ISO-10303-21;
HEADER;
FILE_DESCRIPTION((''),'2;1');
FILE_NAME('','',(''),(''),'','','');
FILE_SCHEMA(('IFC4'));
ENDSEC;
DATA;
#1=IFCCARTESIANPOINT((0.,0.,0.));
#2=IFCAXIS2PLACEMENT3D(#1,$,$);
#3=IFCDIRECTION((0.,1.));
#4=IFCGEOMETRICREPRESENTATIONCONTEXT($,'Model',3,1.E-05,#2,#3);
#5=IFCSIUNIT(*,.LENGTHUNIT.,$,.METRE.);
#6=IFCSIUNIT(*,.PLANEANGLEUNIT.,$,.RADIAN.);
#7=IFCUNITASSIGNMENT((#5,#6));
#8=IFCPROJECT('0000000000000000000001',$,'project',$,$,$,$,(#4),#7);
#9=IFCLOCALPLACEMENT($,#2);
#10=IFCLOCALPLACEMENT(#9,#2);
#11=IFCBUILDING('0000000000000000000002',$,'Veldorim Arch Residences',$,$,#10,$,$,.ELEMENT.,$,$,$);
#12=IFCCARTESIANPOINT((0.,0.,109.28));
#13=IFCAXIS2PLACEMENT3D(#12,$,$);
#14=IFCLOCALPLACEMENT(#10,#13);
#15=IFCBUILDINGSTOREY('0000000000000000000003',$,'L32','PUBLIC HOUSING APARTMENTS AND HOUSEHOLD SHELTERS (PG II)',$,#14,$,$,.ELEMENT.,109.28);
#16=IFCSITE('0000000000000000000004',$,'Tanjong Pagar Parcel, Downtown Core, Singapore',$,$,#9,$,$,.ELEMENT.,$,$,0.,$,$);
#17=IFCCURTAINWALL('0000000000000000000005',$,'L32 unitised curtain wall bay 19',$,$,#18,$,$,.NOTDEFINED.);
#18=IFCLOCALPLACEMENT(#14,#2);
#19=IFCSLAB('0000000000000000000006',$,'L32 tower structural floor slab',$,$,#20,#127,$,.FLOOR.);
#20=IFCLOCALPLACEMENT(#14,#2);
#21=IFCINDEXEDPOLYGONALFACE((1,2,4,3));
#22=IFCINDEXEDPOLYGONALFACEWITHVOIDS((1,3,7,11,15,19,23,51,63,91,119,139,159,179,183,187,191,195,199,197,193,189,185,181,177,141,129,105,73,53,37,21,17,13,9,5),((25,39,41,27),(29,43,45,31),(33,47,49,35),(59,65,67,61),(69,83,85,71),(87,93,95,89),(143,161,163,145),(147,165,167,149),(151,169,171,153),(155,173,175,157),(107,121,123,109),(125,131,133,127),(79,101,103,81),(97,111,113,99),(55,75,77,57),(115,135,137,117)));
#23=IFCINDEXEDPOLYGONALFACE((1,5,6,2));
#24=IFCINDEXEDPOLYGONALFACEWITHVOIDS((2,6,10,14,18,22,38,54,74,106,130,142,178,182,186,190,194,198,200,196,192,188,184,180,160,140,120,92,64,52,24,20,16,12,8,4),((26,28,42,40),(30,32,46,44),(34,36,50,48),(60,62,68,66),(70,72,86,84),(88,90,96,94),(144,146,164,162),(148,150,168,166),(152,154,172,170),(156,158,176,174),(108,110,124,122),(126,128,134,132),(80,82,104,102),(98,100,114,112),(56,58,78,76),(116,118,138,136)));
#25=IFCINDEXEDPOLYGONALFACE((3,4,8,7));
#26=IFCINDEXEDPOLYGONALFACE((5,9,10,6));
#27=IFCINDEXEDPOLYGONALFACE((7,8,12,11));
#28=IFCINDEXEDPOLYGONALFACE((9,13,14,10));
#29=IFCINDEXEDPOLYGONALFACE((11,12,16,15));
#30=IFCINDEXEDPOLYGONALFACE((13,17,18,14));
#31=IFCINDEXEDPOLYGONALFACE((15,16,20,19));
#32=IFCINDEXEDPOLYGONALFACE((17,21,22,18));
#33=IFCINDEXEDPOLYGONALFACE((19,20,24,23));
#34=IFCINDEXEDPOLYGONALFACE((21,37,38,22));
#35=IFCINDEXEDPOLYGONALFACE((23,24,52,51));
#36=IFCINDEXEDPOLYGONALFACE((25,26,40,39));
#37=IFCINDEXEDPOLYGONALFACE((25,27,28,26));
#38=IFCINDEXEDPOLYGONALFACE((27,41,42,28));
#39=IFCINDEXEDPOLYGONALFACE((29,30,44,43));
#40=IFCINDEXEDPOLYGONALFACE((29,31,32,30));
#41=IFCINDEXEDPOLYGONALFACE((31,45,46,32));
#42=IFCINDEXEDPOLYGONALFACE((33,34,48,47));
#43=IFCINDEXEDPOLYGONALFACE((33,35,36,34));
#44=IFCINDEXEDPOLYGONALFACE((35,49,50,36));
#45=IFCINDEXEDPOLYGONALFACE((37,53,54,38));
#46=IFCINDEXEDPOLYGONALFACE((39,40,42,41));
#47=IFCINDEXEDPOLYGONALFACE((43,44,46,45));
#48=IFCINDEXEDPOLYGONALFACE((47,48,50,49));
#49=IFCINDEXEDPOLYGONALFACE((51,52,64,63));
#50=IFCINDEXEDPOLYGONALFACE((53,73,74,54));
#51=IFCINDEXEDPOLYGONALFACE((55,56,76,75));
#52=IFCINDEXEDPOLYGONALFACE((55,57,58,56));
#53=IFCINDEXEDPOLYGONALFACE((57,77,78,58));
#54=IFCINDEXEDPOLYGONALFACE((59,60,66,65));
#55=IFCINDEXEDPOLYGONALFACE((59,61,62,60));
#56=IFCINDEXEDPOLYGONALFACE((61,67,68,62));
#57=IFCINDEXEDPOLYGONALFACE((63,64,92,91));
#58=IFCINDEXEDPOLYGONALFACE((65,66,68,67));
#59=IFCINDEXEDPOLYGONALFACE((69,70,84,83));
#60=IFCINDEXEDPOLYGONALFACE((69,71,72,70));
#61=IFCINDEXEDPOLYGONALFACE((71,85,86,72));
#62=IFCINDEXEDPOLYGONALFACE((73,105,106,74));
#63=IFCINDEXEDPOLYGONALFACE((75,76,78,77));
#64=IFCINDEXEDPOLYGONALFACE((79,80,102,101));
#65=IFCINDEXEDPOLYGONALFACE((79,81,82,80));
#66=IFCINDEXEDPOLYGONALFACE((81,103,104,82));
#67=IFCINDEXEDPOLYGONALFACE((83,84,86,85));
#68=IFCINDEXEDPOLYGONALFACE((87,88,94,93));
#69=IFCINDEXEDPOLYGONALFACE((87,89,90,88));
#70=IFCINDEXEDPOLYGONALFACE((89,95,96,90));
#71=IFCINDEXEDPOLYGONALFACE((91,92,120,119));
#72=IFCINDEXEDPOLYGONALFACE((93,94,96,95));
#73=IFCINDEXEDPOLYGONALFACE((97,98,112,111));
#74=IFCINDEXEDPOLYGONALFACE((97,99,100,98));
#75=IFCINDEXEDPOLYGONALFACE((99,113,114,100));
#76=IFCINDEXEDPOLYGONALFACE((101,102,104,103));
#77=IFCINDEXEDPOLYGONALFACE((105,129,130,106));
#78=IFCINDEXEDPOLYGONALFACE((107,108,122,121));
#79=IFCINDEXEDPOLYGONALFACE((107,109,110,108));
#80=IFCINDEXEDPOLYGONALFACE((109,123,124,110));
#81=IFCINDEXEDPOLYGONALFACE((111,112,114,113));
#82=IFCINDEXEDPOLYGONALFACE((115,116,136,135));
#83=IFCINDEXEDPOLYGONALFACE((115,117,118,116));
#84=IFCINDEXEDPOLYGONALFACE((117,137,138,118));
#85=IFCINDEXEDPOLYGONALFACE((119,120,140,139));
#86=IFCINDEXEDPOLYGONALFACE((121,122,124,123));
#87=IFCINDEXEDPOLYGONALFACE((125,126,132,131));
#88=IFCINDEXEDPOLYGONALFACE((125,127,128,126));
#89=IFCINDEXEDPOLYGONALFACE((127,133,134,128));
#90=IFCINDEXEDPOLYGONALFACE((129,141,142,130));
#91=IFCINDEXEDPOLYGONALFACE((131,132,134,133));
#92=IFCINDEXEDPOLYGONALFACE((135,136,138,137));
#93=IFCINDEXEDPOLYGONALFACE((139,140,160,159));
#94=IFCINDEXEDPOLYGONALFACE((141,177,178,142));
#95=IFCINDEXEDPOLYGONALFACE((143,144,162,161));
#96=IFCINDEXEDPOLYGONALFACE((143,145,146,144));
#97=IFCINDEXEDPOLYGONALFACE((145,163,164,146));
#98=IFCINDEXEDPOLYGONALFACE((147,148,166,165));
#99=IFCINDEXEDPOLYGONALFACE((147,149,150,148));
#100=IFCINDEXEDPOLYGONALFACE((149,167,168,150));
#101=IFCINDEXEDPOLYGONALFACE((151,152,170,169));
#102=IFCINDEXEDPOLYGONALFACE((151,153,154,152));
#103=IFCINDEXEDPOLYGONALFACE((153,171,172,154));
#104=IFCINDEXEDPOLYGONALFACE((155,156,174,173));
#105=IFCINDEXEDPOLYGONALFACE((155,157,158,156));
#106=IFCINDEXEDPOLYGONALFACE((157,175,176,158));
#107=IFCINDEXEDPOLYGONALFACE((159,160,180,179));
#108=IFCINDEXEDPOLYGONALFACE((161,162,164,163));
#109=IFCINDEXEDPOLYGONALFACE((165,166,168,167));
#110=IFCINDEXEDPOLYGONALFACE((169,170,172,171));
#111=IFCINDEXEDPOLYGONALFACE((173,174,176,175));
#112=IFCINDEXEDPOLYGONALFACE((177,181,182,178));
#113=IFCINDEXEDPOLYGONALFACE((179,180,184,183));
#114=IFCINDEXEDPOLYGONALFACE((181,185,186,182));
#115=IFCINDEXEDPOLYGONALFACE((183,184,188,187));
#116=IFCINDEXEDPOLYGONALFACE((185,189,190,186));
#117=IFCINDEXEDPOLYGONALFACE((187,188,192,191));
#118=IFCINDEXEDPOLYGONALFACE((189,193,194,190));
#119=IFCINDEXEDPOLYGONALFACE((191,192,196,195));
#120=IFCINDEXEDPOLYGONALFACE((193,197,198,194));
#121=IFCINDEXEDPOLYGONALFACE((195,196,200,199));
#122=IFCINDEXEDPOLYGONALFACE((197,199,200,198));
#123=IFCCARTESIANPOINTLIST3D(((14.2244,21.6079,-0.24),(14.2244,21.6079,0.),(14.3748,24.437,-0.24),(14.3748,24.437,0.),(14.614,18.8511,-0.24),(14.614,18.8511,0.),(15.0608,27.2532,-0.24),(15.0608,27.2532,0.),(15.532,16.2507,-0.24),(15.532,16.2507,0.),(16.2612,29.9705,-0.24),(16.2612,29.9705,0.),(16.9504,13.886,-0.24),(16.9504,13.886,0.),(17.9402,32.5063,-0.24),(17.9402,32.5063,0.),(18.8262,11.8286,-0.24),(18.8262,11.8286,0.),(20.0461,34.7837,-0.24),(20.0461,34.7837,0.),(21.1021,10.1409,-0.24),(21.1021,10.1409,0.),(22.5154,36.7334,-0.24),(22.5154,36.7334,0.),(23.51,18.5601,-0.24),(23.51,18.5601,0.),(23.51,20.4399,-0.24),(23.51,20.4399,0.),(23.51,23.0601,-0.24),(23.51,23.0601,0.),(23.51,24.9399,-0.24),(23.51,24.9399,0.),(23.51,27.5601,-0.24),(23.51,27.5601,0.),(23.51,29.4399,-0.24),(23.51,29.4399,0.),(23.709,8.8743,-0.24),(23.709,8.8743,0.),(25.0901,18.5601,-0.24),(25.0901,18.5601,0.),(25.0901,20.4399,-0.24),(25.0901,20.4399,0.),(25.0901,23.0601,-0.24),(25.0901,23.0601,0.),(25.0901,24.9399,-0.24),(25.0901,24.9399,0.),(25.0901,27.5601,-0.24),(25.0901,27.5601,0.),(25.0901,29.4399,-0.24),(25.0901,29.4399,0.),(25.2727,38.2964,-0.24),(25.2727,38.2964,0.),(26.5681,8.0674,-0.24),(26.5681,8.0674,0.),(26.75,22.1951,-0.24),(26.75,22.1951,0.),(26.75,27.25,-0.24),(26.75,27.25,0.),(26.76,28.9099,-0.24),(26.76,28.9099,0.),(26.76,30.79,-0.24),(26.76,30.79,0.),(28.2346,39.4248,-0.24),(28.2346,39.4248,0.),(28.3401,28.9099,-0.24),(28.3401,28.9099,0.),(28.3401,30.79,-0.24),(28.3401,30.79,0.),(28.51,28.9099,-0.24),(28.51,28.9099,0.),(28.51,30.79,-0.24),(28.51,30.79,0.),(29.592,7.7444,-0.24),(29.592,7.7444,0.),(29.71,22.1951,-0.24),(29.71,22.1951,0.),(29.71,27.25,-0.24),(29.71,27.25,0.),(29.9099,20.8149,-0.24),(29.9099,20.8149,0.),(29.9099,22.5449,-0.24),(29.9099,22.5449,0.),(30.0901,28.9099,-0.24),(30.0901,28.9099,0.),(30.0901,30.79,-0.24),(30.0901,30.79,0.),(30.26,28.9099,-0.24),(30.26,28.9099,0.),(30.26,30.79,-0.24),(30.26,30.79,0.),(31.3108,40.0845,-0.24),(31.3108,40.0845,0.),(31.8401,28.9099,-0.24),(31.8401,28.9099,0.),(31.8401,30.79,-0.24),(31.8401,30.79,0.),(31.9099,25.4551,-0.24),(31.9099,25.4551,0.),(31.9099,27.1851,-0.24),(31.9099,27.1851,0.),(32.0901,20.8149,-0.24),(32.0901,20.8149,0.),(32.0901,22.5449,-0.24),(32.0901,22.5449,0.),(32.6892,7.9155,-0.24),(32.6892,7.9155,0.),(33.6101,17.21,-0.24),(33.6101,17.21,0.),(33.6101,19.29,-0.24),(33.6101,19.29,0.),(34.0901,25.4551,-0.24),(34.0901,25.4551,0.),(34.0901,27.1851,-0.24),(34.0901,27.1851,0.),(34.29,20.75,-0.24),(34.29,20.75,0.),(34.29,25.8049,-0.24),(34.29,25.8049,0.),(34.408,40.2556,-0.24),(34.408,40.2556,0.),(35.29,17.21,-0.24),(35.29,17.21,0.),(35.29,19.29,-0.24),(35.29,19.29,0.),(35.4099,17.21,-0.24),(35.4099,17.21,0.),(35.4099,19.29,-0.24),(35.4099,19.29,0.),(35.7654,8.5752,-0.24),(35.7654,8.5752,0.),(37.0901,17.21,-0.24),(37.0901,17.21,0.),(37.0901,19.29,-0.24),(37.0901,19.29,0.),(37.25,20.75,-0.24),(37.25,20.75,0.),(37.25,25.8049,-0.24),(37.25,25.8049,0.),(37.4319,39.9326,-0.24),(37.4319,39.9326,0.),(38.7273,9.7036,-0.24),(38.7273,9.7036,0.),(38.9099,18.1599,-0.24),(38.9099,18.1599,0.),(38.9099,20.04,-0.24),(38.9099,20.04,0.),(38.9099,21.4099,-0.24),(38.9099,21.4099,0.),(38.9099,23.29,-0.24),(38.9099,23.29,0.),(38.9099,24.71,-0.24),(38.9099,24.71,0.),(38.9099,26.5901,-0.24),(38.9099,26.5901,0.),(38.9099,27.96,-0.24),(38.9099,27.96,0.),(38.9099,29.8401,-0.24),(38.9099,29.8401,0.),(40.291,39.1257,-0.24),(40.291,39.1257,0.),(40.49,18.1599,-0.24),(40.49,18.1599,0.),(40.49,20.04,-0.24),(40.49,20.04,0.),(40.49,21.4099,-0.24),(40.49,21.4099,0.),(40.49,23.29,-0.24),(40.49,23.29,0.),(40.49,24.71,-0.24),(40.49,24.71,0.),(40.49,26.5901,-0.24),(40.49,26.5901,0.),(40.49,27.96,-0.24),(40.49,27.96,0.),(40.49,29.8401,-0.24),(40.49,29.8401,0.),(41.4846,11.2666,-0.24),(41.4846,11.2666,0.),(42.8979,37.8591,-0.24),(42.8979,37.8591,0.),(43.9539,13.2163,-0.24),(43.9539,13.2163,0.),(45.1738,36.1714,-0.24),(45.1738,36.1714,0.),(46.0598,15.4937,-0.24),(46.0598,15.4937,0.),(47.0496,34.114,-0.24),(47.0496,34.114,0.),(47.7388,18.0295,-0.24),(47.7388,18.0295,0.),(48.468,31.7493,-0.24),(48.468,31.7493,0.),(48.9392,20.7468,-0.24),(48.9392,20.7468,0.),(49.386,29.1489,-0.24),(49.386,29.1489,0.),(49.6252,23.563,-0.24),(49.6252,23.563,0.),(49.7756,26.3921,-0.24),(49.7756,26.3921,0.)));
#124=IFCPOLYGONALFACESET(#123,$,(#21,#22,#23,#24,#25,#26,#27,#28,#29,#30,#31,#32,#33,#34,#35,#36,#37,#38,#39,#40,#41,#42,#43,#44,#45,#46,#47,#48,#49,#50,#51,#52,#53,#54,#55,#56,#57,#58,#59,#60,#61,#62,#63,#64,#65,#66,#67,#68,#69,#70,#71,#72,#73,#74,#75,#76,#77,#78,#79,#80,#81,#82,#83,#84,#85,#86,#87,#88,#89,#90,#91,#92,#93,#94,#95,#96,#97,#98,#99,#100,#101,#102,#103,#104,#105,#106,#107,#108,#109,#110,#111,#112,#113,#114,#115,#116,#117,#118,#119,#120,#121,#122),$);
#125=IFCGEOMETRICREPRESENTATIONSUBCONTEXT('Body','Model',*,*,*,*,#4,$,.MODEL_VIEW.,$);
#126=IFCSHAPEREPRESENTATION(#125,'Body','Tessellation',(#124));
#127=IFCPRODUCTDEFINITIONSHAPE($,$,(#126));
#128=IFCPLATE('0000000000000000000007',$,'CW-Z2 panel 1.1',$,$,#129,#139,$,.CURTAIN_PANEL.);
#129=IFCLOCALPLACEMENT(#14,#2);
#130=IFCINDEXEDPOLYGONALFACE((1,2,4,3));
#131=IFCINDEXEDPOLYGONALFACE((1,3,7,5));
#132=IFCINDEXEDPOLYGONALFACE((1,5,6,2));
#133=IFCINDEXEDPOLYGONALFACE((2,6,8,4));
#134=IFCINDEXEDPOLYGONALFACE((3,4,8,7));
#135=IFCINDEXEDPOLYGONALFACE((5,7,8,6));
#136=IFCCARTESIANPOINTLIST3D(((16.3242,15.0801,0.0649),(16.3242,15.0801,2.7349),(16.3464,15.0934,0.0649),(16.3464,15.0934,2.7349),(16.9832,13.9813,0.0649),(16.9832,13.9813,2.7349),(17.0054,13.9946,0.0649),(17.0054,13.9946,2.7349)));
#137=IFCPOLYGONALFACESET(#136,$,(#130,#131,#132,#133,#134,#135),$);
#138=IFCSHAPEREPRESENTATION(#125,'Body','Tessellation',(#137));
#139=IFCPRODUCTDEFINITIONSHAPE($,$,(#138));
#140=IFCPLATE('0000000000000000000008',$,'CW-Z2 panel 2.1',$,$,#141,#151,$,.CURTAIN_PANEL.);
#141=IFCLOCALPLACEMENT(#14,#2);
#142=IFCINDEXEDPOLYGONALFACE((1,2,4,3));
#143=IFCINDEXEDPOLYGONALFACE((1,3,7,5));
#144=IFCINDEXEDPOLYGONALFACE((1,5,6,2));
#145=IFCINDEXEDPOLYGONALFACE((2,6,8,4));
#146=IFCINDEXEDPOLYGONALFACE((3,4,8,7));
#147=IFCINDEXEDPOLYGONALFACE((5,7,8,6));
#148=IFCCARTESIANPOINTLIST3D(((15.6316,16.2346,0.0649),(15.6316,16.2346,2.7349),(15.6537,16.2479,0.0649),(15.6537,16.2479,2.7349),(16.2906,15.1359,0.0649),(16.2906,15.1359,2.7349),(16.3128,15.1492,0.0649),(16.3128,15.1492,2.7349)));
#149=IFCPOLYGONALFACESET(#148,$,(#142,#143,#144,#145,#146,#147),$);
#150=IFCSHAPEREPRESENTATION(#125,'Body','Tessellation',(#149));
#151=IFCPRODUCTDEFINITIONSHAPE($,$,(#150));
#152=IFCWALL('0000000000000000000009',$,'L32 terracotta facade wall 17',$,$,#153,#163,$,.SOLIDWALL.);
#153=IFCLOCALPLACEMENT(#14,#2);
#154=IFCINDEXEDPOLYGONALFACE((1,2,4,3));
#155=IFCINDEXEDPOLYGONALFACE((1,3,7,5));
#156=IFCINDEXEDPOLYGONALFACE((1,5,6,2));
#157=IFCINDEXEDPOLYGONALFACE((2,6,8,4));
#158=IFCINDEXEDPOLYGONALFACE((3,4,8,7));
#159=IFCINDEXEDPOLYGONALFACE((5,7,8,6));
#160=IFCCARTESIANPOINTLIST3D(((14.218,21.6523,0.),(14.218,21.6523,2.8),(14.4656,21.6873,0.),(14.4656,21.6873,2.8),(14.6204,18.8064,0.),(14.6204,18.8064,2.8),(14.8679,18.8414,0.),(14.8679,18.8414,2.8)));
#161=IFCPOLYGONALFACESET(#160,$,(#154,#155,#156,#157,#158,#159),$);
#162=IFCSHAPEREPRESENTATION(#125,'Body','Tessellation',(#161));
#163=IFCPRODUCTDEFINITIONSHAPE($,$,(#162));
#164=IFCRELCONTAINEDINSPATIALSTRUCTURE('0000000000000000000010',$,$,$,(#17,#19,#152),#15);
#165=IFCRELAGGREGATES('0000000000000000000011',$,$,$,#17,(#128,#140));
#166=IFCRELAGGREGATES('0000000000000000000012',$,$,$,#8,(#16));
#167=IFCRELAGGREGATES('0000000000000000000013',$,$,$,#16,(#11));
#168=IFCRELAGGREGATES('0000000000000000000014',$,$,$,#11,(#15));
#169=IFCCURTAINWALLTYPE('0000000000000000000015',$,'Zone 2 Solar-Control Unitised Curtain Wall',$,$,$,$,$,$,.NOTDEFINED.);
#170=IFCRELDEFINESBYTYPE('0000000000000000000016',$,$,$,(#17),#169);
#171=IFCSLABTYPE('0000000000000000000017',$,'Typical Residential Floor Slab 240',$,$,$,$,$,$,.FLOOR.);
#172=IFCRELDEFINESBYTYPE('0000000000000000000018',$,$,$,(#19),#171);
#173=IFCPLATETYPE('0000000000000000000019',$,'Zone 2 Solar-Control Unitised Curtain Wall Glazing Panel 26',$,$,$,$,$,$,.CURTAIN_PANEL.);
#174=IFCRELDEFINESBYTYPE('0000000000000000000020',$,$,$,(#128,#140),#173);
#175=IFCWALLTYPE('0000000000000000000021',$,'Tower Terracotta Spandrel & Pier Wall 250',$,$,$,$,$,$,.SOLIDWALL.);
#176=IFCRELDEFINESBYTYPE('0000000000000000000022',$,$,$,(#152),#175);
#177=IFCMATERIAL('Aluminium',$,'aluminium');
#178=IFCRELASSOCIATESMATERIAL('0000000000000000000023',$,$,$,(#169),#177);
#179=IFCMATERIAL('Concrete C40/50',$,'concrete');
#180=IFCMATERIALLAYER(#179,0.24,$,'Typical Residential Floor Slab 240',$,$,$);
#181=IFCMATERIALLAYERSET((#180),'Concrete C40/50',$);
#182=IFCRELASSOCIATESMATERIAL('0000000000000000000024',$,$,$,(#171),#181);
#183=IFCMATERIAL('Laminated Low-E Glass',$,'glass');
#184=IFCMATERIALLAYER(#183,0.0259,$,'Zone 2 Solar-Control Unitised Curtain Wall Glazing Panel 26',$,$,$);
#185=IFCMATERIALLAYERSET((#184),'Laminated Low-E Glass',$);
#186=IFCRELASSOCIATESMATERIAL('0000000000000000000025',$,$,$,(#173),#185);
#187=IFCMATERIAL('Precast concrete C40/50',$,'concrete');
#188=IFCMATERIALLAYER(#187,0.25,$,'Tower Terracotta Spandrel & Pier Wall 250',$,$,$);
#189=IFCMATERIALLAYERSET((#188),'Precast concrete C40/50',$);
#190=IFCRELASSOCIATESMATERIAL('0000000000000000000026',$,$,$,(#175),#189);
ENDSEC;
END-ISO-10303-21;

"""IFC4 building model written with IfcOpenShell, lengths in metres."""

from ifc_helpers import new_model, si_unit, direction, frame, frame_2d, origin, origin_2d, place, context, subcontext, project, spatial, polyline, rectangle, outline, extrude, material, layer, layer_set, type_object, element, aggregate, save


model = new_model("IFC4")

# Units and contexts
model_context = context("Model", 3, precision=1e-05, world=origin(), true_north=direction((0.0, 1.0)))
body_context = subcontext(model_context, "Body", "Model", "MODEL_VIEW")
ifc_project = project(units=[si_unit("LENGTHUNIT", "METRE"), si_unit("PLANEANGLEUNIT", "RADIAN")], contexts=[model_context])

# Site, building, storey
site_placement = place(None, origin())
site = spatial("IfcSite", under=ifc_project, at=site_placement, Name="Tanjong Pagar Parcel, Downtown Core, Singapore", CompositionType="ELEMENT", RefElevation=0.0)
building_placement = place(site_placement, origin())
building = spatial("IfcBuilding", under=site, at=building_placement, Name="Veldorim Arch Residences", CompositionType="ELEMENT")
storey_placement = place(building_placement, frame((0.0, 0.0, 109.28)))
storey = spatial("IfcBuildingStorey", under=building, at=storey_placement, Name="L32", Description="PUBLIC HOUSING APARTMENTS AND HOUSEHOLD SHELTERS (PG II)", CompositionType="ELEMENT", Elevation=109.28)

# Curtain wall
ifc_material_1 = material(Name="Aluminium", Category="aluminium")
curtain_wall_type = type_object("IfcCurtainWallType", Name="Zone 2 Solar-Control Unitised Curtain Wall", PredefinedType="NOTDEFINED", material=ifc_material_1)
curtain_wall_placement = place(storey_placement, origin())
curtain_wall = element("IfcCurtainWall", 1, at=curtain_wall_placement, inside=storey, type_object=curtain_wall_type, Name="L32 unitised curtain wall bay 19", PredefinedType="NOTDEFINED")

# Slab
ifc_material_2 = material(Name="Concrete C40/50", Category="concrete")
ifc_layer_1 = layer(ifc_material_2, 0.24, Name="Typical Residential Floor Slab 240")
ifc_layer_set_1 = layer_set([ifc_layer_1], Name="Concrete C40/50")
slab_type_1 = type_object("IfcSlabType", Name="Typical Residential Floor Slab 240", PredefinedType="FLOOR", material=ifc_layer_set_1)
slab_1_placement = place(storey_placement, frame((0.0, 0.0, -0.24)))
element("IfcSlab", 2, at=slab_1_placement, inside=storey, type_object=slab_type_1, Name="L32 tower structural floor slab", PredefinedType="FLOOR", context=body_context, shape_type="SweptSolid", body=[
    extrude(outline(polyline([(48.468, 31.7493), (47.0496, 34.114), (45.1738, 36.1714), (42.8979, 37.8591), (40.291, 39.1257), (37.4319, 39.9326), (34.408, 40.2556), (31.3108, 40.0845), (28.2346, 39.4248), (25.2727, 38.2964), (22.5154, 36.7334), (20.0461, 34.7837), (17.9402, 32.5063), (16.2612, 29.9705), (15.0608, 27.2532), (14.3748, 24.437), (14.2244, 21.6079), (14.614, 18.8511), (15.532, 16.2507), (16.9504, 13.886), (18.8262, 11.8286), (21.1021, 10.1409), (23.709, 8.8743), (26.5681, 8.0674), (29.592, 7.7444), (32.6892, 7.9155), (35.7654, 8.5752), (38.7273, 9.7036), (41.4846, 11.2666), (43.9539, 13.2163), (46.0598, 15.4937), (47.7388, 18.0295), (48.9392, 20.7468), (49.6252, 23.563), (49.7756, 26.3921), (49.386, 29.1489), (48.468, 31.7493)]), holes=[polyline([(23.51, 20.4399), (25.0901, 20.4399), (25.0901, 18.5601), (23.51, 18.5601), (23.51, 20.4399)]), polyline([(29.9099, 22.5449), (32.0901, 22.5449), (32.0901, 20.8149), (29.9099, 20.8149), (29.9099, 22.5449)]), polyline([(23.51, 24.9399), (25.0901, 24.9399), (25.0901, 23.0601), (23.51, 23.0601), (23.51, 24.9399)]), polyline([(26.75, 27.25), (29.71, 27.25), (29.71, 22.1951), (26.75, 22.1951), (26.75, 27.25)]), polyline([(23.51, 29.4399), (25.0901, 29.4399), (25.0901, 27.5601), (23.51, 27.5601), (23.51, 29.4399)]), polyline([(26.76, 30.79), (28.3401, 30.79), (28.3401, 28.9099), (26.76, 28.9099), (26.76, 30.79)]), polyline([(28.51, 30.79), (30.0901, 30.79), (30.0901, 28.9099), (28.51, 28.9099), (28.51, 30.79)]), polyline([(30.26, 30.79), (31.8401, 30.79), (31.8401, 28.9099), (30.26, 28.9099), (30.26, 30.79)]), polyline([(33.6101, 19.29), (35.29, 19.29), (35.29, 17.21), (33.6101, 17.21), (33.6101, 19.29)]), polyline([(35.4099, 19.29), (37.0901, 19.29), (37.0901, 17.21), (35.4099, 17.21), (35.4099, 19.29)]), polyline([(38.9099, 20.04), (40.49, 20.04), (40.49, 18.1599), (38.9099, 18.1599), (38.9099, 20.04)]), polyline([(38.9099, 23.29), (40.49, 23.29), (40.49, 21.4099), (38.9099, 21.4099), (38.9099, 23.29)]), polyline([(34.29, 25.8049), (37.25, 25.8049), (37.25, 20.75), (34.29, 20.75), (34.29, 25.8049)]), polyline([(38.9099, 26.5901), (40.49, 26.5901), (40.49, 24.71), (38.9099, 24.71), (38.9099, 26.5901)]), polyline([(31.9099, 27.1851), (34.0901, 27.1851), (34.0901, 25.4551), (31.9099, 25.4551), (31.9099, 27.1851)]), polyline([(38.9099, 29.8401), (40.49, 29.8401), (40.49, 27.96), (38.9099, 27.96), (38.9099, 29.8401)])]), origin(), (0.0, 0.0, 1.0), 0.24),
])

# Plates
ifc_material_3 = material(Name="Laminated Low-E Glass", Category="glass")
ifc_layer_2 = layer(ifc_material_3, 0.0259, Name="Zone 2 Solar-Control Unitised Curtain Wall Glazing Panel 26")
ifc_layer_set_2 = layer_set([ifc_layer_2], Name="Laminated Low-E Glass")
plate_type = type_object("IfcPlateType", Name="Zone 2 Solar-Control Unitised Curtain Wall Glazing Panel 26", PredefinedType="CURTAIN_PANEL", material=ifc_layer_set_2)
plate_1_placement = place(storey_placement, frame((16.6648, 14.5374, 0.0649), z_axis=(0.0, 0.0, 1.0), x_axis=(-0.514368, 0.85757, 0.0)))
plate_1 = element("IfcPlate", 3, at=plate_1_placement, type_object=plate_type, Name="CW-Z2 panel 1.1", PredefinedType="CURTAIN_PANEL", context=body_context, shape_type="SweptSolid", body=[
    extrude(rectangle(XDim=1.2812, YDim=0.0259, at=origin_2d()), origin(), (0.0, 0.0, 1.0), 2.6699),
])
plate_2_placement = place(storey_placement, frame((15.9722, 15.6919, 0.0649), z_axis=(0.0, 0.0, 1.0), x_axis=(-0.514368, 0.85757, 0.0)))
plate_2 = element("IfcPlate", 4, at=plate_2_placement, type_object=plate_type, Name="CW-Z2 panel 2.1", PredefinedType="CURTAIN_PANEL", context=body_context, shape_type="SweptSolid", body=[
    extrude(rectangle(XDim=1.2812, YDim=0.0259, at=origin_2d()), origin(), (0.0, 0.0, 1.0), 2.6699),
])
aggregate(curtain_wall, [plate_1, plate_2])

# Wall
ifc_material_4 = material(Name="Precast concrete C40/50", Category="concrete")
ifc_layer_3 = layer(ifc_material_4, 0.25, Name="Tower Terracotta Spandrel & Pier Wall 250")
ifc_layer_set_3 = layer_set([ifc_layer_3], Name="Precast concrete C40/50")
wall_type = type_object("IfcWallType", Name="Tower Terracotta Spandrel & Pier Wall 250", PredefinedType="SOLIDWALL", material=ifc_layer_set_3)
wall_1_placement = place(storey_placement, frame((14.7441, 18.824, 0.0), z_axis=(0.0, 0.0, 1.0), x_axis=(-0.139982, 0.990154, 0.0)))
element("IfcWall", 5, at=wall_1_placement, inside=storey, type_object=wall_type, Name="L32 terracotta facade wall 17", PredefinedType="SOLIDWALL", context=body_context, shape_type="SweptSolid", body=[
    extrude(rectangle(XDim=2.8743, YDim=0.25, at=frame_2d((1.437, 0.0))), origin(), (0.0, 0.0, 1.0), 2.8),
])

save(model, "model.ifc")
